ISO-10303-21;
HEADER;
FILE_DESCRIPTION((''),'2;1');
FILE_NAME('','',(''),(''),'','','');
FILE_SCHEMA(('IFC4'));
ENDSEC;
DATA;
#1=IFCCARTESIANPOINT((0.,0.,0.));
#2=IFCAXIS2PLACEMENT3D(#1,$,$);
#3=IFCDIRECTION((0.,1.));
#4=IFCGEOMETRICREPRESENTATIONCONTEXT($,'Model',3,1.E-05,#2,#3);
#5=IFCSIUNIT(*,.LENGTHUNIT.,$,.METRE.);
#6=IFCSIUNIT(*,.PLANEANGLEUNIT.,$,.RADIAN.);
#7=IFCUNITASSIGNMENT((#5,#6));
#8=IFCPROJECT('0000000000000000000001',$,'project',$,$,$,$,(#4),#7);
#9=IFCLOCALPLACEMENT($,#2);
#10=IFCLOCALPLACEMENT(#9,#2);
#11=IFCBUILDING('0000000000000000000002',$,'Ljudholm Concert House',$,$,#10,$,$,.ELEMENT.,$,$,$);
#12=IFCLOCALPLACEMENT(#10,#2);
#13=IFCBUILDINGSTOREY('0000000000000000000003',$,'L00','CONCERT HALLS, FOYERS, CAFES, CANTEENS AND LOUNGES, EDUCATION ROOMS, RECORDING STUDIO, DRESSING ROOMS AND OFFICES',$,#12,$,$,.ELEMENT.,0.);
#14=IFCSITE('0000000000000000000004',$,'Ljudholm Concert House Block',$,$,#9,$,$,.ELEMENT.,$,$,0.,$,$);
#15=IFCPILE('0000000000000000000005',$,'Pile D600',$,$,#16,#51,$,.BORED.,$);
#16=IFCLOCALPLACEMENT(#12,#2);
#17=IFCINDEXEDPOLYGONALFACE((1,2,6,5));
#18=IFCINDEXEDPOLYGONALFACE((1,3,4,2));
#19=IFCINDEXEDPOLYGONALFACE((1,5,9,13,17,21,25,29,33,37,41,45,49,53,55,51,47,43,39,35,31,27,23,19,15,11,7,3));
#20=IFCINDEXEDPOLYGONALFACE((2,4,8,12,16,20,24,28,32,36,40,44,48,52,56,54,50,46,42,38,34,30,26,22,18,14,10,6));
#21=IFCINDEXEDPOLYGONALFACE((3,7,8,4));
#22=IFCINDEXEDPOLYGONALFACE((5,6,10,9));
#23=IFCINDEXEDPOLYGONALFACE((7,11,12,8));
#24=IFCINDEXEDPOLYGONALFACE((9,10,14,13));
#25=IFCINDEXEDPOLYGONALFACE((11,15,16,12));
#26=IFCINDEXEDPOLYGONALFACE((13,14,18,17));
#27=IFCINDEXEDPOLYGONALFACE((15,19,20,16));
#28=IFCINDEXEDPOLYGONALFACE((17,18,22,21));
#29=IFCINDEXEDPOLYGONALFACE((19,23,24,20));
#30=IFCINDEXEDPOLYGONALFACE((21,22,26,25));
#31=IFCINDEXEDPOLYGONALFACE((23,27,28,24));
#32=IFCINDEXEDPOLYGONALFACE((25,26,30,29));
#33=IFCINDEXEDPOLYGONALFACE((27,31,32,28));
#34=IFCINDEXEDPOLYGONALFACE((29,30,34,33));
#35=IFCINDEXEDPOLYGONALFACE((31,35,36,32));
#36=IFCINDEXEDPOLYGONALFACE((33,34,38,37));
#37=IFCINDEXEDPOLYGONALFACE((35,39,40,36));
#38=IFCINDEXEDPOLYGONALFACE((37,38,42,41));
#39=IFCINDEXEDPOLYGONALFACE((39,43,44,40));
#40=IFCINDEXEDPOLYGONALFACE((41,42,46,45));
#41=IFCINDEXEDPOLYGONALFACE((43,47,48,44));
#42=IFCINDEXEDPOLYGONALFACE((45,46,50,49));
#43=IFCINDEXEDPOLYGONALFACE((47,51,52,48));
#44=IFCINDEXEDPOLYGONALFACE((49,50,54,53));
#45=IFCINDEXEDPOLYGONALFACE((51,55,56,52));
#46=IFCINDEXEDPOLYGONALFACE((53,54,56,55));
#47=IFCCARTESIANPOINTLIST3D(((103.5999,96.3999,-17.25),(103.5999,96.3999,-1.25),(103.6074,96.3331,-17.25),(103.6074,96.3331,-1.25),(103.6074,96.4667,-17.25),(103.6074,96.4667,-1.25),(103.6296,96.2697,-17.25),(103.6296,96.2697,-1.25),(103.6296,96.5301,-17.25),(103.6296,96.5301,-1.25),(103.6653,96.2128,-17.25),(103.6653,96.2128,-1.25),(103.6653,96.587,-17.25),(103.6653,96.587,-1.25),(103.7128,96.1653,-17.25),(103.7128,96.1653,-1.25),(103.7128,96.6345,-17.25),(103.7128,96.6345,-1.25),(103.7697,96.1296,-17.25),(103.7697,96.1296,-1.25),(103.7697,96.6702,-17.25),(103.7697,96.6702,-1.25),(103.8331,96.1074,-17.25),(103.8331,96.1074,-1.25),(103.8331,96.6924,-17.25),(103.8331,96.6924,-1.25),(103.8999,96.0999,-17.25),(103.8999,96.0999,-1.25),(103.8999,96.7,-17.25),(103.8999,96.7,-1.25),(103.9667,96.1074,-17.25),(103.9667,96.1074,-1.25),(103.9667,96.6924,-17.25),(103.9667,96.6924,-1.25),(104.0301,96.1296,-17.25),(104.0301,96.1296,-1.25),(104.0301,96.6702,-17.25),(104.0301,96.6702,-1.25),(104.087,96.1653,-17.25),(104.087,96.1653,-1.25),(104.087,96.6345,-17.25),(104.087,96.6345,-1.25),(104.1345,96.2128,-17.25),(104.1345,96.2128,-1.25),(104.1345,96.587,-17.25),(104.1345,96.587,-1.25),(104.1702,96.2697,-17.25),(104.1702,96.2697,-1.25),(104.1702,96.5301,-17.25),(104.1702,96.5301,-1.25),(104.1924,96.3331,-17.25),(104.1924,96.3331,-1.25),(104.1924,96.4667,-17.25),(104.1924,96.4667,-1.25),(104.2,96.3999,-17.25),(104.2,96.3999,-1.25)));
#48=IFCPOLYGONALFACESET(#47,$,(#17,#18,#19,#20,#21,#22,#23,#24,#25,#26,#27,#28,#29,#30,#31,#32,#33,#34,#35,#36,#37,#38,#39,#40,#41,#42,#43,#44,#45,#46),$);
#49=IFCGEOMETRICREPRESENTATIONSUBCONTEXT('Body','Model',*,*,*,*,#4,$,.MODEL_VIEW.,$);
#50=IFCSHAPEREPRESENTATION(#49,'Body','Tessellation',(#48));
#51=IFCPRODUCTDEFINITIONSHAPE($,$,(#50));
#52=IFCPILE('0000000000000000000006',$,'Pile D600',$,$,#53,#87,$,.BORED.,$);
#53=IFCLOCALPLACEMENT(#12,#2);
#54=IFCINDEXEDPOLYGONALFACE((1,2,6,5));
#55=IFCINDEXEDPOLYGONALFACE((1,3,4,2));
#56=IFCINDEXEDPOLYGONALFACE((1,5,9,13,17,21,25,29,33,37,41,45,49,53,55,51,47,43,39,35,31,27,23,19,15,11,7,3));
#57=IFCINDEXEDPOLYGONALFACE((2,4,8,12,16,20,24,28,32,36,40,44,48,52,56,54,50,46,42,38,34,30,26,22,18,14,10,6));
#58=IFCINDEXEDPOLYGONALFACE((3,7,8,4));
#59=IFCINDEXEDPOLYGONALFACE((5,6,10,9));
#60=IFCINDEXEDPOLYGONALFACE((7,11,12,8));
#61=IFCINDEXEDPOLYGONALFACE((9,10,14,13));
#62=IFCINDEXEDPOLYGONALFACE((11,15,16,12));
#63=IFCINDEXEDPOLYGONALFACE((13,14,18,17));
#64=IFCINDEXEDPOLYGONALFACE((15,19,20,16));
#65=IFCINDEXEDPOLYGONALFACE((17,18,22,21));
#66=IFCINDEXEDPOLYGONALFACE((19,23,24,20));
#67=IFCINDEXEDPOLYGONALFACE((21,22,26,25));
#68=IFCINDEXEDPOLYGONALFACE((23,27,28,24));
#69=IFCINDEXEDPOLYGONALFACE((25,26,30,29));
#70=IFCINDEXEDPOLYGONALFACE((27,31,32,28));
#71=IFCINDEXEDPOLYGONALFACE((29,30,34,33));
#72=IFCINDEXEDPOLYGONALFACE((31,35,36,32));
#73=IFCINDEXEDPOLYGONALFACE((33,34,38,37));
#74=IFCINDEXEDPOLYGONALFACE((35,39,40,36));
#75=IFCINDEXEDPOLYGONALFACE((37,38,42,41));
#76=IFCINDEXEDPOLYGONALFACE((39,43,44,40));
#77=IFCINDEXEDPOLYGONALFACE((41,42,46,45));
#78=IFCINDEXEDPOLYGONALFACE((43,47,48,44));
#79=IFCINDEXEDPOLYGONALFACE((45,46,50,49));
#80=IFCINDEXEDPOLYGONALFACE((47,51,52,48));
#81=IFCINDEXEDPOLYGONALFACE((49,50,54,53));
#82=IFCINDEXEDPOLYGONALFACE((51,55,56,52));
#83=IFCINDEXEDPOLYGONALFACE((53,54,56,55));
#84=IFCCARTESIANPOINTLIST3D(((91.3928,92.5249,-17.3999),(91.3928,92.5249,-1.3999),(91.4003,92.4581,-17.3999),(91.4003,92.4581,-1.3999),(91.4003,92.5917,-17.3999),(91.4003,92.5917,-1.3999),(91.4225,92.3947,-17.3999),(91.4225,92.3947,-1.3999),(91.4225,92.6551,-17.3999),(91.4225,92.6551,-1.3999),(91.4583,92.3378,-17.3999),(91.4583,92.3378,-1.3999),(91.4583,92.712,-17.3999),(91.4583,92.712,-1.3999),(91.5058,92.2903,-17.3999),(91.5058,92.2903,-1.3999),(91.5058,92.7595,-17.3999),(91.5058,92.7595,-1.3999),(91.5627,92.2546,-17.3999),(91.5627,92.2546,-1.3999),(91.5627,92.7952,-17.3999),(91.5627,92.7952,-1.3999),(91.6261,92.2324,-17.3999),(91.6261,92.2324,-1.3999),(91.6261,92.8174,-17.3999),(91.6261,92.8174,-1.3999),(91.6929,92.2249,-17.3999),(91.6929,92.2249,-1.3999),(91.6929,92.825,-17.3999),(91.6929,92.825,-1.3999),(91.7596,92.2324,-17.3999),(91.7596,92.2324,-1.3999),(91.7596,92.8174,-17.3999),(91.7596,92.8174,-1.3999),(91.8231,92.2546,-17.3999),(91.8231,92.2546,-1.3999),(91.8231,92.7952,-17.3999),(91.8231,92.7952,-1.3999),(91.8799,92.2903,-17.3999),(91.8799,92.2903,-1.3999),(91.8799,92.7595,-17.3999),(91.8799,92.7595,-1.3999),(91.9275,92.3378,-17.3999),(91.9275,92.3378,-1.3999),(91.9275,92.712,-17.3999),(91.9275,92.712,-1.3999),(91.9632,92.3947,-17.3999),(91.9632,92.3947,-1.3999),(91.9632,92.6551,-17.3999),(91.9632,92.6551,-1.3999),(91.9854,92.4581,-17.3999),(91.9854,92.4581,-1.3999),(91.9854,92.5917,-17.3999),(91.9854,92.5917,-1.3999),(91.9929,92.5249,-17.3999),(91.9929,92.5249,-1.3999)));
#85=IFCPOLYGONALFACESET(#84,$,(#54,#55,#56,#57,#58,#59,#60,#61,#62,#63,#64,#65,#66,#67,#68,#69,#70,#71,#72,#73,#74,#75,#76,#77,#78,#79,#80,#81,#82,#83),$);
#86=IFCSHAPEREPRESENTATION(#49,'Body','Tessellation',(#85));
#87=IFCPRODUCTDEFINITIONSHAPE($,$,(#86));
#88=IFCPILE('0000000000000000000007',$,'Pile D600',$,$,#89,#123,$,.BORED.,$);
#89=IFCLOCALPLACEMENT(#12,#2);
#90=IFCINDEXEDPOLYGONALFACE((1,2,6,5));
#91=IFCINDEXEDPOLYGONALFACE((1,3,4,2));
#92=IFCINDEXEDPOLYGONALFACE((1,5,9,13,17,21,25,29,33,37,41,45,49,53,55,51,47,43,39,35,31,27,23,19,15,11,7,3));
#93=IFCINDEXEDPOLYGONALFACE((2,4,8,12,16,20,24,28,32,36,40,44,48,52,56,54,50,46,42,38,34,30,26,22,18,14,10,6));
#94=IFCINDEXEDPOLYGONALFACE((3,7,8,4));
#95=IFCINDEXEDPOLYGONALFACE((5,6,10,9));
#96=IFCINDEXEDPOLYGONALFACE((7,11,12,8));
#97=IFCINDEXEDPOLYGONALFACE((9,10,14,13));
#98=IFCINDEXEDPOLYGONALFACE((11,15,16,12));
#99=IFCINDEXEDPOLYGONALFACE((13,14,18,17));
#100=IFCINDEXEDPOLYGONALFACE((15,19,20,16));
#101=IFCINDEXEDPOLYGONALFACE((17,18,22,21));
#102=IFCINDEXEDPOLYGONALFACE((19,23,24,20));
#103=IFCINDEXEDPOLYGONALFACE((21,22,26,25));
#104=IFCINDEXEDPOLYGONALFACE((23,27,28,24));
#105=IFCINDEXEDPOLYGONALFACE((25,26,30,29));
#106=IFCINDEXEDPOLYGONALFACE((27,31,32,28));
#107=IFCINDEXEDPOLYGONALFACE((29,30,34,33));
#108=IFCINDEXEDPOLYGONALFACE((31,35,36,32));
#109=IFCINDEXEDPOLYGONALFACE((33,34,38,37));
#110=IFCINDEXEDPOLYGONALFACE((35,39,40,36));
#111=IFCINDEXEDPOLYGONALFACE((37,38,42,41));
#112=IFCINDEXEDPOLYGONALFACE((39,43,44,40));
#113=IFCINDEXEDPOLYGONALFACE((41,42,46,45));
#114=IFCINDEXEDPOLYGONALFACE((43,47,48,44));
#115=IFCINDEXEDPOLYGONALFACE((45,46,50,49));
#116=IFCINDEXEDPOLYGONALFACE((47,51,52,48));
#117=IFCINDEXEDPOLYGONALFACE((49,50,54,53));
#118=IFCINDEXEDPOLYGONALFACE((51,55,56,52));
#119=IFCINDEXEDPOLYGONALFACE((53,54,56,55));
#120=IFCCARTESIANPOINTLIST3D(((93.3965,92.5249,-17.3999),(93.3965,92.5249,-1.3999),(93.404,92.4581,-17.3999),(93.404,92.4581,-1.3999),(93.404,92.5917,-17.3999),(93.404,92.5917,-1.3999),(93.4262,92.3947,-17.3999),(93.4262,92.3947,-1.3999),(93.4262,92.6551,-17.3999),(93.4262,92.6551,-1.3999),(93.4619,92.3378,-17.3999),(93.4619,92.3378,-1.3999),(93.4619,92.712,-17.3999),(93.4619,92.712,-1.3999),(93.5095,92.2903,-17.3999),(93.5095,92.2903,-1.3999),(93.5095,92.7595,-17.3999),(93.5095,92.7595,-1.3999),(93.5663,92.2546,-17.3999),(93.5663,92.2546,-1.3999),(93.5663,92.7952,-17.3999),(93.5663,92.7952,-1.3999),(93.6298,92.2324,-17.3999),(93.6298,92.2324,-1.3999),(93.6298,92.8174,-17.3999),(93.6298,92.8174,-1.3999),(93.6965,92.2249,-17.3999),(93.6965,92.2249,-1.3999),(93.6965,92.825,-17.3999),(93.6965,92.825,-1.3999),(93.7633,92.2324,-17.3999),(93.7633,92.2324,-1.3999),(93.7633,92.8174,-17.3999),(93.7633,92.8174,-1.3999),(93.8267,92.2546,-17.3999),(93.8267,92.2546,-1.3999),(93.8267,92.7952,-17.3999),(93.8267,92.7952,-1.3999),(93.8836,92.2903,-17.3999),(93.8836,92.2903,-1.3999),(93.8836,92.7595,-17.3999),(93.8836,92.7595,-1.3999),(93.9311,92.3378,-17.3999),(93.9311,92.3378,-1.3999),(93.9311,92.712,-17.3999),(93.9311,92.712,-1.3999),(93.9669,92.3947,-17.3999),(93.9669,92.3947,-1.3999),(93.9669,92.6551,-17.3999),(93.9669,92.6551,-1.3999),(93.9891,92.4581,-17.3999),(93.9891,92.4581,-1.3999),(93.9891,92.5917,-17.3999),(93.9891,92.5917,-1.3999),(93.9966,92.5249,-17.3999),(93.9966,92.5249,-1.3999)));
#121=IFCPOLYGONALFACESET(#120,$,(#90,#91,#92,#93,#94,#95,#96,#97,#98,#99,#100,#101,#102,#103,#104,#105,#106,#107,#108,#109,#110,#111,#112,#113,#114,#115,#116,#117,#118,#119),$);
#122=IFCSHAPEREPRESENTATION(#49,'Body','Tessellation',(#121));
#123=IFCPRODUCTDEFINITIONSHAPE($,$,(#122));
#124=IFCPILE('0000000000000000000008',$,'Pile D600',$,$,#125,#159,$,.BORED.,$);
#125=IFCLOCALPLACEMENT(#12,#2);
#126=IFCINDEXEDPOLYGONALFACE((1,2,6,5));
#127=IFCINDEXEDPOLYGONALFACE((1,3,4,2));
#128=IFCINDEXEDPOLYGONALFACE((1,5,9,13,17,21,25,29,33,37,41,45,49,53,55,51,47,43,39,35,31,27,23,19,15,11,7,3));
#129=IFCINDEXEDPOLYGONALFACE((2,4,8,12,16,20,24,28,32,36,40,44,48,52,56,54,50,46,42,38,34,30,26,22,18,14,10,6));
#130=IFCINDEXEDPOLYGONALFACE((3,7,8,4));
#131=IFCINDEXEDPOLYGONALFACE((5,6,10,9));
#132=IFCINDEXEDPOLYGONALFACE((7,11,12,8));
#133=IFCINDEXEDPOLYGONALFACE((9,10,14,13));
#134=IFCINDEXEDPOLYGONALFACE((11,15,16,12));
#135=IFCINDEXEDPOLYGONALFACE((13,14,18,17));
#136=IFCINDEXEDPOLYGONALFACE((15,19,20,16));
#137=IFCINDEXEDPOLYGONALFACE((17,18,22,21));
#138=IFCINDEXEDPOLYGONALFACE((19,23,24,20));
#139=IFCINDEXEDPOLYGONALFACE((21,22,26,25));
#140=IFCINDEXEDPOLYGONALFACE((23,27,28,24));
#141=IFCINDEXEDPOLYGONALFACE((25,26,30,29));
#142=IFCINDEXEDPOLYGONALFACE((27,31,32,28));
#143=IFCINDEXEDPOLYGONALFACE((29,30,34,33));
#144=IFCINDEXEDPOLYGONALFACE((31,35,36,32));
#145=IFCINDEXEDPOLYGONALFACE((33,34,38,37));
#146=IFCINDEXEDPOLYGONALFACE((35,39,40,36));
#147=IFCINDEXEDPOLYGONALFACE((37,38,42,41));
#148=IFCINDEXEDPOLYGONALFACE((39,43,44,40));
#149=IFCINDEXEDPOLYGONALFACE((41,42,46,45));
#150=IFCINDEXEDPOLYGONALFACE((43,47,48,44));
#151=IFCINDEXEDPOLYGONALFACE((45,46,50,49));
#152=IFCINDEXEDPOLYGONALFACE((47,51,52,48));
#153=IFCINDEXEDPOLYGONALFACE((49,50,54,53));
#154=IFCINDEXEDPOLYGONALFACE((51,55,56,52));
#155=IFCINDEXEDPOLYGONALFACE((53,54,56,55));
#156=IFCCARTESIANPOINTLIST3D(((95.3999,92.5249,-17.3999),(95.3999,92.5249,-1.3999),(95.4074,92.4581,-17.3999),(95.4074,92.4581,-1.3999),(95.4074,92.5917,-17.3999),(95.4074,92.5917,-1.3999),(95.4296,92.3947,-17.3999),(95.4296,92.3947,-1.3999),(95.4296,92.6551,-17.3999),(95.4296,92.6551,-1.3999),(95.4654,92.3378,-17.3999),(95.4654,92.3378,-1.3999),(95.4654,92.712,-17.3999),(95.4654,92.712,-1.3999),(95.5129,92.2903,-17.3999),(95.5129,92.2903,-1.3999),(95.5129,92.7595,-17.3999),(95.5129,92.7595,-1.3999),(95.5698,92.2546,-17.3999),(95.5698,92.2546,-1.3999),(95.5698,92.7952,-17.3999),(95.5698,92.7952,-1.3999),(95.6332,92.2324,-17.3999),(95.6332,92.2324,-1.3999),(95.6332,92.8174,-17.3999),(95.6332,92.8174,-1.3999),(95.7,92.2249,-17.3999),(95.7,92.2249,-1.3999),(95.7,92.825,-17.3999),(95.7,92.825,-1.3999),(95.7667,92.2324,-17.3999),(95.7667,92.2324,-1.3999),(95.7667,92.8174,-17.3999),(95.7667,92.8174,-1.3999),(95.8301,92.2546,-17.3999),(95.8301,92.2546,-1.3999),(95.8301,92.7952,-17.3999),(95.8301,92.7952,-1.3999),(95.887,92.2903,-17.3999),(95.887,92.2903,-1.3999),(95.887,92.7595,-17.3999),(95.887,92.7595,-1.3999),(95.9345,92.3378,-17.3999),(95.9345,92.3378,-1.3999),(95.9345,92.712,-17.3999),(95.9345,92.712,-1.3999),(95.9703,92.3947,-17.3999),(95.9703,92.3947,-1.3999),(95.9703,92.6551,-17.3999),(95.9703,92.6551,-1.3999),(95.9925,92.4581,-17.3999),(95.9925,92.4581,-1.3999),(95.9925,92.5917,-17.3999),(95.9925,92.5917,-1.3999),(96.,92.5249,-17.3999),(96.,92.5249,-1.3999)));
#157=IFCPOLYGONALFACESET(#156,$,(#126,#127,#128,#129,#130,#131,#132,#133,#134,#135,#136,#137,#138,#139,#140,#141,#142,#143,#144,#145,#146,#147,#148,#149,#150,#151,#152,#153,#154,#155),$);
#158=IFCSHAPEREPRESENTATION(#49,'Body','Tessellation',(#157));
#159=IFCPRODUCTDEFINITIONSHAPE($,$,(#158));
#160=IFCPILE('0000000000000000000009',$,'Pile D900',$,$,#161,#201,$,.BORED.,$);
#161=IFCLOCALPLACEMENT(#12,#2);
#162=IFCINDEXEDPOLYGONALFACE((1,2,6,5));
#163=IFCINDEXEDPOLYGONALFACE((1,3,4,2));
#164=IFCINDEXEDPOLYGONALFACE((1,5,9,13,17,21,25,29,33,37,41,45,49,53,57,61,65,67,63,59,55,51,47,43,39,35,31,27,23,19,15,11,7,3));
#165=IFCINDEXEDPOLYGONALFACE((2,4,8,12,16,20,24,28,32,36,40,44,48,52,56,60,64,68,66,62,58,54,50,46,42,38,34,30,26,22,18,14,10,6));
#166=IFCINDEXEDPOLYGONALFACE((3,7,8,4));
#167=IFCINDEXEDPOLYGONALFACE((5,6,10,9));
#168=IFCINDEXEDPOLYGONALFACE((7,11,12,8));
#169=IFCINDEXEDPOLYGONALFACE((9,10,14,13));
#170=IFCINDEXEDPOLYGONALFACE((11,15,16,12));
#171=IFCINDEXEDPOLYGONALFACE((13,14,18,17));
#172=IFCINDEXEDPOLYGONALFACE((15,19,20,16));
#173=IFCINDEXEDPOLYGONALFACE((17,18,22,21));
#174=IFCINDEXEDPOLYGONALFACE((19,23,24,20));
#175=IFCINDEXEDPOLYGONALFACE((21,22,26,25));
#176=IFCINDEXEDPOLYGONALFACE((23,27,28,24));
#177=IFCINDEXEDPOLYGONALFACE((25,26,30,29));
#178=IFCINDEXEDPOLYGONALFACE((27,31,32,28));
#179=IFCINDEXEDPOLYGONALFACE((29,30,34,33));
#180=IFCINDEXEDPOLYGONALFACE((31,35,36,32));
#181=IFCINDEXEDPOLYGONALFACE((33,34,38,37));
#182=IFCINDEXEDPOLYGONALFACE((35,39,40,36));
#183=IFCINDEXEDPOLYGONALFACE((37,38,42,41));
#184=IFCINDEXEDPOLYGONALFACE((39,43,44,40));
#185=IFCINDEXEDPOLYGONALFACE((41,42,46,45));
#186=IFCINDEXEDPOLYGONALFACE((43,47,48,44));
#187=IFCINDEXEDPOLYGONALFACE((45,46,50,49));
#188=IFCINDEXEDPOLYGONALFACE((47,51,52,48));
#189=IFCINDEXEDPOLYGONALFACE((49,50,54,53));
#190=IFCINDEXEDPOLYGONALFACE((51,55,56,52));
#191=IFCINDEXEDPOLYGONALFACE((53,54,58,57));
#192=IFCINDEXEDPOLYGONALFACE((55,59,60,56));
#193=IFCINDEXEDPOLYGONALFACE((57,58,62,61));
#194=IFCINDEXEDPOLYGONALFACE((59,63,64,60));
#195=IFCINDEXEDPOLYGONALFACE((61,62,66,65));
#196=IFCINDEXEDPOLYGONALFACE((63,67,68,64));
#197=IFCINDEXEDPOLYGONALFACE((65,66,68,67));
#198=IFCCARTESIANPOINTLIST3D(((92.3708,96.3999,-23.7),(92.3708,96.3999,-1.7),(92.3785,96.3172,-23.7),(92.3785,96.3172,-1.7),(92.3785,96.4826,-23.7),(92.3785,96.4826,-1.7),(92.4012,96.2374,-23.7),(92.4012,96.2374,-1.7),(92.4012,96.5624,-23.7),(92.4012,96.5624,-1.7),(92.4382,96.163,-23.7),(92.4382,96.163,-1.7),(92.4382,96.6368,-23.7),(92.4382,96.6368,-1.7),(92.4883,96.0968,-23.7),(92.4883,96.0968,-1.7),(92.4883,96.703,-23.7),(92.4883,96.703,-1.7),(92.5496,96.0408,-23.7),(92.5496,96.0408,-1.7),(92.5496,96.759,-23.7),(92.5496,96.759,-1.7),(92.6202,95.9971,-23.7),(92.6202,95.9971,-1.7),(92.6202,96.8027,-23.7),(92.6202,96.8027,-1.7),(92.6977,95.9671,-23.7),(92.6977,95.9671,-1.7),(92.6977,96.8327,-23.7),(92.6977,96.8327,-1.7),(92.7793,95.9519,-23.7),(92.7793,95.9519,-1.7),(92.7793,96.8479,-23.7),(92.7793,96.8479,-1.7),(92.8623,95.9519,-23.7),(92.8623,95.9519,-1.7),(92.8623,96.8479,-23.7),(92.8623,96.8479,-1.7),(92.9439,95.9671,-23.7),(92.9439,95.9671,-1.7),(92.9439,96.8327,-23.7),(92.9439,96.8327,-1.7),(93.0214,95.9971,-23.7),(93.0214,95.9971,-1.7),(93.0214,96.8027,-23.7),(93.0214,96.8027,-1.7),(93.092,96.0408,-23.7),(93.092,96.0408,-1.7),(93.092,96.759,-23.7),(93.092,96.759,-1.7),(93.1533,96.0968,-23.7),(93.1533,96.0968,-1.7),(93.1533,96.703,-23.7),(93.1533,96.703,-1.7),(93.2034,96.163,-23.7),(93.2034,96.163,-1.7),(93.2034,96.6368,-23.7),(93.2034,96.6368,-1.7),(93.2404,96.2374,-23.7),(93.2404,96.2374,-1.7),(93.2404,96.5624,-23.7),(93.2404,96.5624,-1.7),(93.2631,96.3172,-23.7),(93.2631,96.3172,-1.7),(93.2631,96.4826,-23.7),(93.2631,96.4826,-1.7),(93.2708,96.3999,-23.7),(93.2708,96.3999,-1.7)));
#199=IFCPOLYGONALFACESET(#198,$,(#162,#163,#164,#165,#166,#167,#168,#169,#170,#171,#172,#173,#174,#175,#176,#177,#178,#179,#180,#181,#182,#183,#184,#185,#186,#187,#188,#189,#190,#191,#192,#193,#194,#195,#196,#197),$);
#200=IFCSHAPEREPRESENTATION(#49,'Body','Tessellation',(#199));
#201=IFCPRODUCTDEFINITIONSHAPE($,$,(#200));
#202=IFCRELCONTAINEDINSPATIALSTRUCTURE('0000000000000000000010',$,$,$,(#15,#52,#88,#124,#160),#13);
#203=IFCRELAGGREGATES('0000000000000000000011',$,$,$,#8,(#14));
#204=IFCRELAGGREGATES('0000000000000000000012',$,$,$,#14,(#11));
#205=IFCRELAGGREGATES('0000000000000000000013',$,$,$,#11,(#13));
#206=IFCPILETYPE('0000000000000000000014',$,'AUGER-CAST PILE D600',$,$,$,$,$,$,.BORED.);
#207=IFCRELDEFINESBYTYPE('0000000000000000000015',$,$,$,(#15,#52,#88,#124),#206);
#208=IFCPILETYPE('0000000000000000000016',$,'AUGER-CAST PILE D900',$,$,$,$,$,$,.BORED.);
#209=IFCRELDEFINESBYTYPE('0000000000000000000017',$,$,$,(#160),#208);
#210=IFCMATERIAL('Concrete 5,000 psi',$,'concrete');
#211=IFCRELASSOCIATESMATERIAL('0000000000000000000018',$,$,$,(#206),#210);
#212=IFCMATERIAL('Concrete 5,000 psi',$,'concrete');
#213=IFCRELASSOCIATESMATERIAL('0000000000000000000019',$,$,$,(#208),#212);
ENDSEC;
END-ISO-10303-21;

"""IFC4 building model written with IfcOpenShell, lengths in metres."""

from ifc_helpers import new_model, si_unit, direction, frame, origin, origin_2d, place, context, subcontext, project, spatial, circle, extrude, material, material_profile, profile_set, type_object, element, save


model = new_model("IFC4")

# Units and contexts
model_context = context("Model", 3, precision=1e-05, world=origin(), true_north=direction((0.0, 1.0)))
body_context = subcontext(model_context, "Body", "Model", "MODEL_VIEW")
ifc_project = project(units=[si_unit("LENGTHUNIT", "METRE"), si_unit("PLANEANGLEUNIT", "RADIAN")], contexts=[model_context])

# Site, building, storey
site_placement = place(None, origin())
site = spatial("IfcSite", under=ifc_project, at=site_placement, Name="Ljudholm Concert House Block", CompositionType="ELEMENT", RefElevation=0.0)
building_placement = place(site_placement, origin())
building = spatial("IfcBuilding", under=site, at=building_placement, Name="Ljudholm Concert House", CompositionType="ELEMENT")
storey_placement = place(building_placement, origin())
storey = spatial("IfcBuildingStorey", under=building, at=storey_placement, Name="L00", Description="CONCERT HALLS, FOYERS, CAFES, CANTEENS AND LOUNGES, EDUCATION ROOMS, RECORDING STUDIO, DRESSING ROOMS AND OFFICES", CompositionType="ELEMENT", Elevation=0.0)

# Piles
ifc_material_1 = material(Name="Concrete 5,000 psi", Category="concrete")
ifc_material_profile_1 = material_profile(ifc_material_1, circle(Radius=0.3, at=origin_2d()), Name="AUGER-CAST PILE D600")
ifc_profile_set_1 = profile_set([ifc_material_profile_1], Name="Concrete 5,000 psi")
pile_type_1 = type_object("IfcPileType", Name="AUGER-CAST PILE D600", PredefinedType="BORED", material=ifc_profile_set_1)
for number, where, z_axis, x_axis, name in (
    (1, (103.8999, 96.3999, -1.25), (0.0, 0.0, -1.0), (1.0, 0.0, 0.0), "Pile D600"),
    (2, (91.6929, 92.5249, -1.3999), (0.0, 0.0, -1.0), (1.0, 0.0, 0.0), "Pile D600"),
    (3, (93.6965, 92.5249, -1.3999), (0.0, 0.0, -1.0), (1.0, 0.0, 0.0), "Pile D600"),
    (4, (95.7, 92.5249, -1.3999), (0.0, 0.0, -1.0), (1.0, 0.0, 0.0), "Pile D600"),
):
    element("IfcPile", number, at=place(storey_placement, frame(where, z_axis=z_axis, x_axis=x_axis)), inside=storey, type_object=pile_type_1, Name=name, PredefinedType="BORED", context=body_context, shape_type="SweptSolid", body=[
        extrude(circle(Radius=0.3, at=origin_2d()), origin(), (0.0, 0.0, 1.0), 16.0),
    ])
ifc_material_2 = material(Name="Concrete 5,000 psi", Category="concrete")
ifc_material_profile_2 = material_profile(ifc_material_2, circle(Radius=0.45, at=origin_2d()), Name="AUGER-CAST PILE D900")
ifc_profile_set_2 = profile_set([ifc_material_profile_2], Name="Concrete 5,000 psi")
pile_type_2 = type_object("IfcPileType", Name="AUGER-CAST PILE D900", PredefinedType="BORED", material=ifc_profile_set_2)
for number, where, z_axis, x_axis, name in (
    (5, (92.8208, 96.3999, -1.7), (0.0, 0.0, -1.0), (1.0, 0.0, 0.0), "Pile D900"),
):
    element("IfcPile", number, at=place(storey_placement, frame(where, z_axis=z_axis, x_axis=x_axis)), inside=storey, type_object=pile_type_2, Name=name, PredefinedType="BORED", context=body_context, shape_type="SweptSolid", body=[
        extrude(circle(Radius=0.45, at=origin_2d()), origin(), (0.0, 0.0, 1.0), 22.0),
    ])

save(model, "model.ifc")
